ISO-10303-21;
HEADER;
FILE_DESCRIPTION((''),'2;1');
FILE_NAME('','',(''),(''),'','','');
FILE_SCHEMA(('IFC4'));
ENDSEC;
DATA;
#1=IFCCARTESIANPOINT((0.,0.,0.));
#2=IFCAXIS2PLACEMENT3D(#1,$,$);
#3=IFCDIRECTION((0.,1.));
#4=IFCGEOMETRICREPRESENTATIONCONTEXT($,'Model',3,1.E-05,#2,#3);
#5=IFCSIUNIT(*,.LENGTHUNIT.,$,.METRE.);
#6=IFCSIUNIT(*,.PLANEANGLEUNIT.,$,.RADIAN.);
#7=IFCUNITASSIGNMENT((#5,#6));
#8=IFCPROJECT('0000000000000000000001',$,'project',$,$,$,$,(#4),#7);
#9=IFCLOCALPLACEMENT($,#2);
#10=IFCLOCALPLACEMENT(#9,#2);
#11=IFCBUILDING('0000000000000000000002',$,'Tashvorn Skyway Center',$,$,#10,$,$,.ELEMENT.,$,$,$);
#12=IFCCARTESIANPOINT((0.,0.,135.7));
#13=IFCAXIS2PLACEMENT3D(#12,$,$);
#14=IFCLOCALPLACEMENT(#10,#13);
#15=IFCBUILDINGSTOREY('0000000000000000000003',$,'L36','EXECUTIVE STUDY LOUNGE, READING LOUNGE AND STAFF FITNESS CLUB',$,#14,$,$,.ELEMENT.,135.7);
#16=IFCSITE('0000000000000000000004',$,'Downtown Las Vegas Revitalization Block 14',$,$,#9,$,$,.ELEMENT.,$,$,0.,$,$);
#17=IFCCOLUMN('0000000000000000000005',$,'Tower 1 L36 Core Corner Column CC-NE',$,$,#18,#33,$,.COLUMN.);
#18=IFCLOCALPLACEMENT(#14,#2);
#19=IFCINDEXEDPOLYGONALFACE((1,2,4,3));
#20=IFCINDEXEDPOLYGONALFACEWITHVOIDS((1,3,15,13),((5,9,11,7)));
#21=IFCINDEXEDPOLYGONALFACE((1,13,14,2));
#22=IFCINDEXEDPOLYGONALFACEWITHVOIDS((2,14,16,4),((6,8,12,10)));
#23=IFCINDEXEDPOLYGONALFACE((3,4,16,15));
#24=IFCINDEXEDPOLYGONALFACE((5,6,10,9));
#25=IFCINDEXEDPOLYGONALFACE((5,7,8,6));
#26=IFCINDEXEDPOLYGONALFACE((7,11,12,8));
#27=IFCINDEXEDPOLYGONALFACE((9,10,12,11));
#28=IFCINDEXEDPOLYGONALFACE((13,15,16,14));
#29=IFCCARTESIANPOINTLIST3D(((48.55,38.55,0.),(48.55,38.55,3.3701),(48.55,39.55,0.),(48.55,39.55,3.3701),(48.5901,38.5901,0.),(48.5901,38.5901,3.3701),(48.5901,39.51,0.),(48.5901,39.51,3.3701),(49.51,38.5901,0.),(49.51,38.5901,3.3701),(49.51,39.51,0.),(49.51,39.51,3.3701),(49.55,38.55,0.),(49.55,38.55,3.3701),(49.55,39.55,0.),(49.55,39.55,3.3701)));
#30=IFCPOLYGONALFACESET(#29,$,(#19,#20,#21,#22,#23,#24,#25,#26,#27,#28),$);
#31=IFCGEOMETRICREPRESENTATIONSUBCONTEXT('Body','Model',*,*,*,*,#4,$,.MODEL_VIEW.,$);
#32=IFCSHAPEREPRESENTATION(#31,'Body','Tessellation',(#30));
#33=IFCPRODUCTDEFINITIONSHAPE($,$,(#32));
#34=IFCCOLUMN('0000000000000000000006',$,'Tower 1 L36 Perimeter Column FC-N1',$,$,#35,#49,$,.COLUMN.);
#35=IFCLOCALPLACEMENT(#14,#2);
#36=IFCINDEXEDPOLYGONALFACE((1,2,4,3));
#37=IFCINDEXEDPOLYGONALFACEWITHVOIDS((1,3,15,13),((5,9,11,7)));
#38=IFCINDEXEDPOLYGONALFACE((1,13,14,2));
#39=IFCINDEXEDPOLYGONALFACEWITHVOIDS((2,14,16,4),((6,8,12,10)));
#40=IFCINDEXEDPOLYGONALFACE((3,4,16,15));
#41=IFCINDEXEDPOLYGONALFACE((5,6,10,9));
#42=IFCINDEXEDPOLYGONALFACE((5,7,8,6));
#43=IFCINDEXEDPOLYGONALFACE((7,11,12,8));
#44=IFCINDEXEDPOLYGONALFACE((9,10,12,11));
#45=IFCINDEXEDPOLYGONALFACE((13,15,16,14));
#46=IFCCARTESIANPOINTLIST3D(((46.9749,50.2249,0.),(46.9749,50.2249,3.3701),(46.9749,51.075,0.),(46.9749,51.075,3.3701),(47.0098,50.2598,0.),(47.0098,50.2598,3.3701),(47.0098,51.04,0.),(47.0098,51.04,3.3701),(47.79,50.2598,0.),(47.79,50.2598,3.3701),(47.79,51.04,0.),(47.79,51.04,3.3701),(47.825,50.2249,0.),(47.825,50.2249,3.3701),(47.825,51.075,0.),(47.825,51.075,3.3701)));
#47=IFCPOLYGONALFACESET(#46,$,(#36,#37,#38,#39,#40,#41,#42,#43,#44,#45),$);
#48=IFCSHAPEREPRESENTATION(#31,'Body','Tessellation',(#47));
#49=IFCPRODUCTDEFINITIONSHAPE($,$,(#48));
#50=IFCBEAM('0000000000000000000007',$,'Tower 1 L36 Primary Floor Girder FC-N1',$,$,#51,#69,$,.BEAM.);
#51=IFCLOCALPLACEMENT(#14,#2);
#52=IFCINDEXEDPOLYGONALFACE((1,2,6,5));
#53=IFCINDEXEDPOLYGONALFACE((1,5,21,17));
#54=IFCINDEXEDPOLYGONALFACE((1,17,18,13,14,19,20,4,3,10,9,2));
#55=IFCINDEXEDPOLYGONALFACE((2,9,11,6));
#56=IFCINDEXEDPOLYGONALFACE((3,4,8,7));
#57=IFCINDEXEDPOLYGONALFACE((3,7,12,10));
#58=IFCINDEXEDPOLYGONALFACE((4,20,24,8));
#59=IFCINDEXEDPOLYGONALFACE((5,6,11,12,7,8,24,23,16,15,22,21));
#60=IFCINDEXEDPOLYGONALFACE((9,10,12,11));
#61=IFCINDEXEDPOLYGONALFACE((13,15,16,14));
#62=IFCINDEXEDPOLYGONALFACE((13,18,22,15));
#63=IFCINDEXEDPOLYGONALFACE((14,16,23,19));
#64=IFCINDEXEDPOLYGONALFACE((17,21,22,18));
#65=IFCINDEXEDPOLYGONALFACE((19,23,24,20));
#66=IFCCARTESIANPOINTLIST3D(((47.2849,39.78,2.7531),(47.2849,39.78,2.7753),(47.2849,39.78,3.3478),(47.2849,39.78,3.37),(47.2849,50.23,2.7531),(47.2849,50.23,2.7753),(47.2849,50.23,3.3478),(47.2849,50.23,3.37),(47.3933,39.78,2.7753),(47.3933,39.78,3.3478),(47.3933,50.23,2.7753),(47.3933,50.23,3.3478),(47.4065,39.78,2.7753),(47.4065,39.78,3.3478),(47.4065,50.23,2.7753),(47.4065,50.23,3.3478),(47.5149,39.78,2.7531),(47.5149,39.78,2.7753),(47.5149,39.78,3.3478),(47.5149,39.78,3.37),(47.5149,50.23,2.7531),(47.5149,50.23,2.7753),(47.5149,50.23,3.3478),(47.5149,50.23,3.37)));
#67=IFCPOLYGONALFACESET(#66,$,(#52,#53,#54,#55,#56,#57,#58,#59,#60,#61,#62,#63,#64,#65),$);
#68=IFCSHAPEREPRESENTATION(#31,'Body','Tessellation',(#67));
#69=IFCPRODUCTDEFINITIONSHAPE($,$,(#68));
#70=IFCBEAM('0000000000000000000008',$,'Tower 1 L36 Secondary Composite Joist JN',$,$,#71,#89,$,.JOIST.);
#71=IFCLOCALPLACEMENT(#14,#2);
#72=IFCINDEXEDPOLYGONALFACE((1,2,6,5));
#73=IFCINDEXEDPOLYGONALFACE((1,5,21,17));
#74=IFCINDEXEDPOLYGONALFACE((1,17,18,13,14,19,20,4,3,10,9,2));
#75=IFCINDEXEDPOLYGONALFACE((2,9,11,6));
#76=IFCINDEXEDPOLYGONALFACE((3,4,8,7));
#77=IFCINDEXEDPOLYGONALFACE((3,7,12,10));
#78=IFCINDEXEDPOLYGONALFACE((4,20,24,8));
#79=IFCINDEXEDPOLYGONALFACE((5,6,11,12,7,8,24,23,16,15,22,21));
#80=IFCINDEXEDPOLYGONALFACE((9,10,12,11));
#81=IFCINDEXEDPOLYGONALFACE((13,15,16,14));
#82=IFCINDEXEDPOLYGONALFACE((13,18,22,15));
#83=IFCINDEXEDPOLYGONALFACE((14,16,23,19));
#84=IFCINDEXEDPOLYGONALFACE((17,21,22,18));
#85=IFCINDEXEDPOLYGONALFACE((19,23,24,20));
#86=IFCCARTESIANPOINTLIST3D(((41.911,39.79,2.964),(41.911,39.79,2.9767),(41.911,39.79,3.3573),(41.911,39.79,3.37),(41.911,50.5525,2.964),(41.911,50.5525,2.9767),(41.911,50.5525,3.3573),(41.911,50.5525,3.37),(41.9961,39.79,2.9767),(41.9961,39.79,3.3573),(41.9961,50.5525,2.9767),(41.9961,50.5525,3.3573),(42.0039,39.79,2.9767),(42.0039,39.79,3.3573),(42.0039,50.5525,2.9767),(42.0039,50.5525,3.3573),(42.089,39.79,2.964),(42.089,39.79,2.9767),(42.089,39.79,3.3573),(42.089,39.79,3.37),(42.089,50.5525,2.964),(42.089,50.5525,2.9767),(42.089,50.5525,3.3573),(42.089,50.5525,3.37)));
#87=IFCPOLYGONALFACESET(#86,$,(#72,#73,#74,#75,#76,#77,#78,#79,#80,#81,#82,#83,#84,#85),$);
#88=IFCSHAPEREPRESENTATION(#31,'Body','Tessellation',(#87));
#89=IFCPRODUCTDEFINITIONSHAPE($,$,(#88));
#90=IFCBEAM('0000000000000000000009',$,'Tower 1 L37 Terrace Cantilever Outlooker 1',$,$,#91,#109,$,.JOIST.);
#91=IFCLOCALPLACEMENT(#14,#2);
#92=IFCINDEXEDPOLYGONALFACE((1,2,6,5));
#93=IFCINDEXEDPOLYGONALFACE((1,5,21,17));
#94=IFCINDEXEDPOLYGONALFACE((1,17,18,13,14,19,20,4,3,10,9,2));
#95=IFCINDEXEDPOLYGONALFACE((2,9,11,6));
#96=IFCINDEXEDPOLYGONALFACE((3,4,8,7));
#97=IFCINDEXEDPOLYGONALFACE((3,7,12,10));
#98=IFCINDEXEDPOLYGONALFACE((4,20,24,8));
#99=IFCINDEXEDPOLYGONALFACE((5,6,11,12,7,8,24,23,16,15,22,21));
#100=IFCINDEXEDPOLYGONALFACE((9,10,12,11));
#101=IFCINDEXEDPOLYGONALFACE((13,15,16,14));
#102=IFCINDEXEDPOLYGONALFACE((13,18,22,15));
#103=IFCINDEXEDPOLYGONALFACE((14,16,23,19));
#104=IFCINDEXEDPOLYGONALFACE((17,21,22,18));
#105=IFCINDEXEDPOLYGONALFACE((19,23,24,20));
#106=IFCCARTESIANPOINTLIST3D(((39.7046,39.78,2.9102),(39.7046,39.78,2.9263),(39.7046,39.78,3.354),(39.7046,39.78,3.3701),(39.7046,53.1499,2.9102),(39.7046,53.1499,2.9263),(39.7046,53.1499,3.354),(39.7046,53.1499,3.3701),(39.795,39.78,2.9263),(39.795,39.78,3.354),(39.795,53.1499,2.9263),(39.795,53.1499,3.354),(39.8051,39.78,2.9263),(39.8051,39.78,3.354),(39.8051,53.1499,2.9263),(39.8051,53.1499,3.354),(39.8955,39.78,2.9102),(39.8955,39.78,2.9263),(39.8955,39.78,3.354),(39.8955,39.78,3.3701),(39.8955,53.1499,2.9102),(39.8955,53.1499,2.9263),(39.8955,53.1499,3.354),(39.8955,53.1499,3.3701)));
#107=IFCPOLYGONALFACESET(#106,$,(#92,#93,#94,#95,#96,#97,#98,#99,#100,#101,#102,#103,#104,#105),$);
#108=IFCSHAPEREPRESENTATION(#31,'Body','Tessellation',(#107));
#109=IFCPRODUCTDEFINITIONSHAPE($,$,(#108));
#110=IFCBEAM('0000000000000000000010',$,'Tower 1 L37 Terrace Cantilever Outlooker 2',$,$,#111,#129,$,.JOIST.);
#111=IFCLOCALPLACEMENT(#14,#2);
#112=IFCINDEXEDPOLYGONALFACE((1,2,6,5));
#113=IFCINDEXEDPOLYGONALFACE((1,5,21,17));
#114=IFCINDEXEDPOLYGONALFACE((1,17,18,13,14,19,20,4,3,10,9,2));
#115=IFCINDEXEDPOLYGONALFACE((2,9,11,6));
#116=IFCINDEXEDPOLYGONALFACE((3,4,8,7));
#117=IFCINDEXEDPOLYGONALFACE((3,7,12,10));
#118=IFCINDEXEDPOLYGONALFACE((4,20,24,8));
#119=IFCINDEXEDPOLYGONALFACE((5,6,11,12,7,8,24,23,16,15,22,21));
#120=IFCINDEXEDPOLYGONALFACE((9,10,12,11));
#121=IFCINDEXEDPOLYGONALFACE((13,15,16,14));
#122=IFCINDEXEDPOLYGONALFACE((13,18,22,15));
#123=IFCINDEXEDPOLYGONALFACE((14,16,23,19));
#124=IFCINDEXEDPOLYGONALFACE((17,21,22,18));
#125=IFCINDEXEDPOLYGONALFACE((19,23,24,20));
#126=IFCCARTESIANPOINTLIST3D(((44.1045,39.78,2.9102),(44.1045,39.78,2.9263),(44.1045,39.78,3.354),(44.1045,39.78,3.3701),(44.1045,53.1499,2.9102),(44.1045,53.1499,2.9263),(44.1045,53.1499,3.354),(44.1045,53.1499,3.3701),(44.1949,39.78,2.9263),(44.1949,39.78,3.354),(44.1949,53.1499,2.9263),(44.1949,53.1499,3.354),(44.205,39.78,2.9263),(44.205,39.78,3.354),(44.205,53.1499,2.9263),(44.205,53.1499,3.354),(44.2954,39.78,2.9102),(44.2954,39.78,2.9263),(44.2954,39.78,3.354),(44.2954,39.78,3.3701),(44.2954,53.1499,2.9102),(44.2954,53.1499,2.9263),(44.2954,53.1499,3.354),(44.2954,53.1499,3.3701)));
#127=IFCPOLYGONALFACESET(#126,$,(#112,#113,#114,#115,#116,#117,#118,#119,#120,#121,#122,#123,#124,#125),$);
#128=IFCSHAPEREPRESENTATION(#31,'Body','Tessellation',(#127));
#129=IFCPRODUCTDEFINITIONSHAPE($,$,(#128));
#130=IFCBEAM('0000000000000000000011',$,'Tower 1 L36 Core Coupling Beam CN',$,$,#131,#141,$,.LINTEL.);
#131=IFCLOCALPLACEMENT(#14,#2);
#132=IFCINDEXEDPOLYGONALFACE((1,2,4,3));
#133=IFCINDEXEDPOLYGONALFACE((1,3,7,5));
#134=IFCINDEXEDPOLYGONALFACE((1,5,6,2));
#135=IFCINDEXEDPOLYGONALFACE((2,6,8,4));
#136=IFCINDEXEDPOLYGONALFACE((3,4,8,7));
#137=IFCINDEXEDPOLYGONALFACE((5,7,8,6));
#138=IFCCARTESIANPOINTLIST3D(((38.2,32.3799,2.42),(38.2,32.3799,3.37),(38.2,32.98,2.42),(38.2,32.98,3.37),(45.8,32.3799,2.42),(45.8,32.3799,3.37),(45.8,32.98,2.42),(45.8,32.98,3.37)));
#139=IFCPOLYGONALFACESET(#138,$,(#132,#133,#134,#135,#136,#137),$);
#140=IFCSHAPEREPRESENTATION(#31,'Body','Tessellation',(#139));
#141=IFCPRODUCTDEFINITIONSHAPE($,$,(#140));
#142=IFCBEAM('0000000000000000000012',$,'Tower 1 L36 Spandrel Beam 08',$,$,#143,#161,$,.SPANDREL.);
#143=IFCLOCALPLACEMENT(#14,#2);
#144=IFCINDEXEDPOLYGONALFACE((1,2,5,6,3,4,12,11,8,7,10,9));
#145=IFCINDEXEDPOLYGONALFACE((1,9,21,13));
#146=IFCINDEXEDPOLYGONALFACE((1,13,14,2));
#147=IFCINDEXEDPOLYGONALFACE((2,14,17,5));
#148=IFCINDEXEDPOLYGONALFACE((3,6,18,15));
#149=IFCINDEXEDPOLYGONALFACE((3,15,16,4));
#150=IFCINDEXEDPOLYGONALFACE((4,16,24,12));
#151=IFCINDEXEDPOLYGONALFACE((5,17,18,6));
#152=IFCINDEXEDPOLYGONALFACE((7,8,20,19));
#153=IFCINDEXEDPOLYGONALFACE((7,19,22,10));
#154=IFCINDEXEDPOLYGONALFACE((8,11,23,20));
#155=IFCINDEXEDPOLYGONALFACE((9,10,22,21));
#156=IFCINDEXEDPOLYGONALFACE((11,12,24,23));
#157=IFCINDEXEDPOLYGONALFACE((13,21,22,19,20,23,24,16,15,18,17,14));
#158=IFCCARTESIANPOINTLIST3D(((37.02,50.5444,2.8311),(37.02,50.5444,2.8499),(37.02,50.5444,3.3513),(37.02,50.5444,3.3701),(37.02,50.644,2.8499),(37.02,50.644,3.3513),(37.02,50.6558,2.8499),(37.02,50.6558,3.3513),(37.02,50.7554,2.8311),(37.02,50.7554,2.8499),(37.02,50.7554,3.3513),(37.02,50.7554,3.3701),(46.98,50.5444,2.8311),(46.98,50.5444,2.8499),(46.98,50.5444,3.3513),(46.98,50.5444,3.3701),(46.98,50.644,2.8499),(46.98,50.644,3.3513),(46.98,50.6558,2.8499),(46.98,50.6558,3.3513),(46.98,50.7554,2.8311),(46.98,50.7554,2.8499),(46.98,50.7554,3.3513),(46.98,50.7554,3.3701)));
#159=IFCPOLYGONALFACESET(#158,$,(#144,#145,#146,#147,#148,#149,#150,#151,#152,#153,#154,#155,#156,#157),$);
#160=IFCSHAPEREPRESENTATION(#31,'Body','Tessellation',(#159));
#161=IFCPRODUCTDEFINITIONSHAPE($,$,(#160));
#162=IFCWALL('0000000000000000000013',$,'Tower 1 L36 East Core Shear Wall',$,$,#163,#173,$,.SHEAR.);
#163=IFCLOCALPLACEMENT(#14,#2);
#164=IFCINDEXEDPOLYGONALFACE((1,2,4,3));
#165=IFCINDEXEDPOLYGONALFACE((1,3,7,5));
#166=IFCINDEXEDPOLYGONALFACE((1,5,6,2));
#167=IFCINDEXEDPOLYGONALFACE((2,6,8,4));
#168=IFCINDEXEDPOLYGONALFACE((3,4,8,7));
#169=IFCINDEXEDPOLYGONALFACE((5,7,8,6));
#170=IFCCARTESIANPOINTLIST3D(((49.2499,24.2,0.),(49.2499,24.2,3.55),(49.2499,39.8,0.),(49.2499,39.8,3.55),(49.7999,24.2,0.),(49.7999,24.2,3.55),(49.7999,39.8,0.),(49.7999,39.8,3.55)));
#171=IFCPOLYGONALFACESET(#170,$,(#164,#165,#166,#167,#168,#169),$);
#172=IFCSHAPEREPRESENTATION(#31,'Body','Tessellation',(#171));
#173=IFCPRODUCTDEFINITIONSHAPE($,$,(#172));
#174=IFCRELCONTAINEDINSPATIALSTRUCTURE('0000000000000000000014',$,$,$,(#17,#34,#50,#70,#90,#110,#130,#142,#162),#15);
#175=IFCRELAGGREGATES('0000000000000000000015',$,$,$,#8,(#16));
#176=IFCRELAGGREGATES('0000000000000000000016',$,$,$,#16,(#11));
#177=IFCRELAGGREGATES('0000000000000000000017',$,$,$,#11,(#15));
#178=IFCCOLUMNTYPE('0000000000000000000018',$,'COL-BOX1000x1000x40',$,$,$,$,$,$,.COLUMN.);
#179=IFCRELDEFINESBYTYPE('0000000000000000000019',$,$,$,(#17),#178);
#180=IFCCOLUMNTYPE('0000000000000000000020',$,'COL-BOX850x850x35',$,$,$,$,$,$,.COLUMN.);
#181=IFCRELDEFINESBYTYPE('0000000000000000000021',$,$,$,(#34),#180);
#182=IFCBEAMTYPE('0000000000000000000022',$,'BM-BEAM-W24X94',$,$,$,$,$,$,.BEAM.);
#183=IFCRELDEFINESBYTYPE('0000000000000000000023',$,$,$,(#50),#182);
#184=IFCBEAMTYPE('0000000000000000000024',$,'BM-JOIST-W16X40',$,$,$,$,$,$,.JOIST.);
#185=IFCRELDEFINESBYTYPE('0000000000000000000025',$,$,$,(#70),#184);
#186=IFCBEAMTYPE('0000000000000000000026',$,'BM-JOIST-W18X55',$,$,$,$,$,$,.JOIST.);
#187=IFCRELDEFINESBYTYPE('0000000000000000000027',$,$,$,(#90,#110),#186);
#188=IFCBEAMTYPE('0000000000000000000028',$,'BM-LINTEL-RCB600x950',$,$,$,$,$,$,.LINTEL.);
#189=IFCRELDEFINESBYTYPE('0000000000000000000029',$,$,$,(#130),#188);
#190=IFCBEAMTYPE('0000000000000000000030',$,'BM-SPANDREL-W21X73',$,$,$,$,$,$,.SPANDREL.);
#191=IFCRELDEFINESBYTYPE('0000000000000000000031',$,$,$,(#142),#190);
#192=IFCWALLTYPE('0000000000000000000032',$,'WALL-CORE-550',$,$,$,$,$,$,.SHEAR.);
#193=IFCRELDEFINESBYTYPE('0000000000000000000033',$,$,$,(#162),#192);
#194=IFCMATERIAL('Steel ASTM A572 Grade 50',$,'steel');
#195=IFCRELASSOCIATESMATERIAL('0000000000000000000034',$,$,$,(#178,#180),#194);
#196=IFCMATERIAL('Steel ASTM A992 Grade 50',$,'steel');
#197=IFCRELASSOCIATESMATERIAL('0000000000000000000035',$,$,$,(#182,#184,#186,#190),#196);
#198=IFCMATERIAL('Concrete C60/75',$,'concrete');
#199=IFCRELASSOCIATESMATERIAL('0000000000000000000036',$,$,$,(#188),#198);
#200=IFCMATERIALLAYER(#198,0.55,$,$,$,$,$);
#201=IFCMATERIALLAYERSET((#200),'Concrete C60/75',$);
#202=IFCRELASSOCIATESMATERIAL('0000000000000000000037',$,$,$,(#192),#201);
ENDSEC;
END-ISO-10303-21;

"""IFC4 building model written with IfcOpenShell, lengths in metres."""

from ifc_helpers import new_model, si_unit, direction, frame, frame_2d, origin, origin_2d, place, context, subcontext, project, spatial, rectangle, hollow_rectangle, i_section, extrude, material, layer, layer_set, material_profile, profile_set, type_object, element, save


model = new_model("IFC4")

# Units and contexts
model_context = context("Model", 3, precision=1e-05, world=origin(), true_north=direction((0.0, 1.0)))
body_context = subcontext(model_context, "Body", "Model", "MODEL_VIEW")
ifc_project = project(units=[si_unit("LENGTHUNIT", "METRE"), si_unit("PLANEANGLEUNIT", "RADIAN")], contexts=[model_context])

# Site, building, storey
site_placement = place(None, origin())
site = spatial("IfcSite", under=ifc_project, at=site_placement, Name="Downtown Las Vegas Revitalization Block 14", CompositionType="ELEMENT", RefElevation=0.0)
building_placement = place(site_placement, origin())
building = spatial("IfcBuilding", under=site, at=building_placement, Name="Tashvorn Skyway Center", CompositionType="ELEMENT")
storey_placement = place(building_placement, frame((0.0, 0.0, 135.7)))
storey = spatial("IfcBuildingStorey", under=building, at=storey_placement, Name="L36", Description="EXECUTIVE STUDY LOUNGE, READING LOUNGE AND STAFF FITNESS CLUB", CompositionType="ELEMENT", Elevation=135.7)

# Columns
ifc_material_1 = material(Name="Steel ASTM A572 Grade 50", Category="steel")
ifc_material_profile_1 = material_profile(ifc_material_1, hollow_rectangle(XDim=1.0, YDim=1.0, WallThickness=0.04, at=origin_2d()), Name="BOX1000x1000x40")
ifc_profile_set_1 = profile_set([ifc_material_profile_1], Name="Steel ASTM A572 Grade 50")
column_type_1 = type_object("IfcColumnType", Name="COL-BOX1000x1000x40", PredefinedType="COLUMN", material=ifc_profile_set_1)
column_1_placement = place(storey_placement, frame((49.05, 39.05, 0.0), z_axis=(0.0, 0.0, 1.0), x_axis=(1.0, 0.0, 0.0)))
element("IfcColumn", 1, at=column_1_placement, inside=storey, type_object=column_type_1, Name="Tower 1 L36 Core Corner Column CC-NE", PredefinedType="COLUMN", context=body_context, shape_type="SweptSolid", body=[
    extrude(hollow_rectangle(XDim=1.0, YDim=1.0, WallThickness=0.04, at=origin_2d()), origin(), (0.0, 0.0, 1.0), 3.3701),
])
ifc_material_profile_2 = material_profile(ifc_material_1, hollow_rectangle(XDim=0.8501, YDim=0.8501, WallThickness=0.0349, at=origin_2d()), Name="BOX850x850x35")
ifc_profile_set_2 = profile_set([ifc_material_profile_2], Name="Steel ASTM A572 Grade 50")
column_type_2 = type_object("IfcColumnType", Name="COL-BOX850x850x35", PredefinedType="COLUMN", material=ifc_profile_set_2)
column_2_placement = place(storey_placement, frame((47.3999, 50.6499, 0.0), z_axis=(0.0, 0.0, 1.0), x_axis=(1.0, 0.0, 0.0)))
element("IfcColumn", 2, at=column_2_placement, inside=storey, type_object=column_type_2, Name="Tower 1 L36 Perimeter Column FC-N1", PredefinedType="COLUMN", context=body_context, shape_type="SweptSolid", body=[
    extrude(hollow_rectangle(XDim=0.8501, YDim=0.8501, WallThickness=0.0349, at=origin_2d()), origin(), (0.0, 0.0, 1.0), 3.3701),
])

# Beams
ifc_material_2 = material(Name="Steel ASTM A992 Grade 50", Category="steel")
ifc_material_profile_3 = material_profile(ifc_material_2, i_section(OverallWidth=0.23, OverallDepth=0.6169, WebThickness=0.0132, FlangeThickness=0.0222, at=origin_2d()), Name="W24X94")
ifc_profile_set_3 = profile_set([ifc_material_profile_3], Name="Steel ASTM A992 Grade 50")
beam_type_1 = type_object("IfcBeamType", Name="BM-BEAM-W24X94", PredefinedType="BEAM", material=ifc_profile_set_3)
beam_1_placement = place(storey_placement, frame((47.3999, 50.23, 3.0615), z_axis=(0.0, -1.0, 0.0), x_axis=(1.0, 0.0, 0.0)))
element("IfcBeam", 3, at=beam_1_placement, inside=storey, type_object=beam_type_1, Name="Tower 1 L36 Primary Floor Girder FC-N1", PredefinedType="BEAM", context=body_context, shape_type="SweptSolid", body=[
    extrude(i_section(OverallWidth=0.23, OverallDepth=0.6169, WebThickness=0.0132, FlangeThickness=0.0222, at=origin_2d()), origin(), (0.0, 0.0, 1.0), 10.45),
])
ifc_material_profile_4 = material_profile(ifc_material_2, i_section(OverallWidth=0.178, OverallDepth=0.406, WebThickness=0.0078, FlangeThickness=0.0127, at=origin_2d()), Name="W16X40")
ifc_profile_set_4 = profile_set([ifc_material_profile_4], Name="Steel ASTM A992 Grade 50")
beam_type_2 = type_object("IfcBeamType", Name="BM-JOIST-W16X40", PredefinedType="JOIST", material=ifc_profile_set_4)
beam_2_placement = place(storey_placement, frame((42.0, 39.79, 3.167), z_axis=(0.0, 1.0, 0.0), x_axis=(-1.0, 0.0, 0.0)))
element("IfcBeam", 4, at=beam_2_placement, inside=storey, type_object=beam_type_2, Name="Tower 1 L36 Secondary Composite Joist JN", PredefinedType="JOIST", context=body_context, shape_type="SweptSolid", body=[
    extrude(i_section(OverallWidth=0.178, OverallDepth=0.406, WebThickness=0.0078, FlangeThickness=0.0127, at=origin_2d()), origin(), (0.0, 0.0, 1.0), 10.7625),
])
ifc_material_profile_5 = material_profile(ifc_material_2, i_section(OverallWidth=0.1909, OverallDepth=0.46, WebThickness=0.01, FlangeThickness=0.0161, at=origin_2d()), Name="W18X55")
ifc_profile_set_5 = profile_set([ifc_material_profile_5], Name="Steel ASTM A992 Grade 50")
beam_type_3 = type_object("IfcBeamType", Name="BM-JOIST-W18X55", PredefinedType="JOIST", material=ifc_profile_set_5)
for number, where, z_axis, x_axis, name in (
    (5, (39.8, 39.78, 3.1401), (0.0, 1.0, 0.0), (-1.0, 0.0, 0.0), "Tower 1 L37 Terrace Cantilever Outlooker 1"),
    (6, (44.2, 39.78, 3.1401), (0.0, 1.0, 0.0), (-1.0, 0.0, 0.0), "Tower 1 L37 Terrace Cantilever Outlooker 2"),
):
    element("IfcBeam", number, at=place(storey_placement, frame(where, z_axis=z_axis, x_axis=x_axis)), inside=storey, type_object=beam_type_3, Name=name, PredefinedType="JOIST", context=body_context, shape_type="SweptSolid", body=[
        extrude(i_section(OverallWidth=0.1909, OverallDepth=0.46, WebThickness=0.01, FlangeThickness=0.0161, at=origin_2d()), origin(), (0.0, 0.0, 1.0), 13.3699),
    ])
ifc_material_3 = material(Name="Concrete C60/75", Category="concrete")
ifc_material_profile_6 = material_profile(ifc_material_3, rectangle(XDim=0.6001, YDim=0.95, at=origin_2d()), Name="RCB600x950")
ifc_profile_set_6 = profile_set([ifc_material_profile_6], Name="Concrete C60/75")
beam_type_4 = type_object("IfcBeamType", Name="BM-LINTEL-RCB600x950", PredefinedType="LINTEL", material=ifc_profile_set_6)
beam_3_placement = place(storey_placement, frame((38.2, 32.6799, 2.895), z_axis=(1.0, 0.0, 0.0), x_axis=(0.0, 1.0, 0.0)))
element("IfcBeam", 7, at=beam_3_placement, inside=storey, type_object=beam_type_4, Name="Tower 1 L36 Core Coupling Beam CN", PredefinedType="LINTEL", context=body_context, shape_type="SweptSolid", body=[
    extrude(rectangle(XDim=0.6001, YDim=0.95, at=origin_2d()), origin(), (0.0, 0.0, 1.0), 7.6001),
])
ifc_material_profile_7 = material_profile(ifc_material_2, i_section(OverallWidth=0.2109, OverallDepth=0.5391, WebThickness=0.0117, FlangeThickness=0.0188, at=origin_2d()), Name="W21X73")
ifc_profile_set_7 = profile_set([ifc_material_profile_7], Name="Steel ASTM A992 Grade 50")
beam_type_5 = type_object("IfcBeamType", Name="BM-SPANDREL-W21X73", PredefinedType="SPANDREL", material=ifc_profile_set_7)
beam_4_placement = place(storey_placement, frame((46.98, 50.6499, 3.1006), z_axis=(-1.0, 0.0, 0.0), x_axis=(0.0, -1.0, 0.0)))
element("IfcBeam", 8, at=beam_4_placement, inside=storey, type_object=beam_type_5, Name="Tower 1 L36 Spandrel Beam 08", PredefinedType="SPANDREL", context=body_context, shape_type="SweptSolid", body=[
    extrude(i_section(OverallWidth=0.2109, OverallDepth=0.5391, WebThickness=0.0117, FlangeThickness=0.0188, at=origin_2d()), origin(), (0.0, 0.0, 1.0), 9.96),
])

# Wall
ifc_layer_1 = layer(ifc_material_3, 0.55)
ifc_layer_set_1 = layer_set([ifc_layer_1], Name="Concrete C60/75")
wall_type_1 = type_object("IfcWallType", Name="WALL-CORE-550", PredefinedType="SHEAR", material=ifc_layer_set_1)
wall_1_placement = place(storey_placement, frame((49.5249, 39.8, 0.0), z_axis=(0.0, 0.0, 1.0), x_axis=(0.0, -1.0, 0.0)))
element("IfcWall", 9, at=wall_1_placement, inside=storey, type_object=wall_type_1, Name="Tower 1 L36 East Core Shear Wall", PredefinedType="SHEAR", context=body_context, shape_type="SweptSolid", body=[
    extrude(rectangle(XDim=15.6001, YDim=0.55, at=frame_2d((7.8, 0.0))), origin(), (0.0, 0.0, 1.0), 3.55),
])

save(model, "model.ifc")
